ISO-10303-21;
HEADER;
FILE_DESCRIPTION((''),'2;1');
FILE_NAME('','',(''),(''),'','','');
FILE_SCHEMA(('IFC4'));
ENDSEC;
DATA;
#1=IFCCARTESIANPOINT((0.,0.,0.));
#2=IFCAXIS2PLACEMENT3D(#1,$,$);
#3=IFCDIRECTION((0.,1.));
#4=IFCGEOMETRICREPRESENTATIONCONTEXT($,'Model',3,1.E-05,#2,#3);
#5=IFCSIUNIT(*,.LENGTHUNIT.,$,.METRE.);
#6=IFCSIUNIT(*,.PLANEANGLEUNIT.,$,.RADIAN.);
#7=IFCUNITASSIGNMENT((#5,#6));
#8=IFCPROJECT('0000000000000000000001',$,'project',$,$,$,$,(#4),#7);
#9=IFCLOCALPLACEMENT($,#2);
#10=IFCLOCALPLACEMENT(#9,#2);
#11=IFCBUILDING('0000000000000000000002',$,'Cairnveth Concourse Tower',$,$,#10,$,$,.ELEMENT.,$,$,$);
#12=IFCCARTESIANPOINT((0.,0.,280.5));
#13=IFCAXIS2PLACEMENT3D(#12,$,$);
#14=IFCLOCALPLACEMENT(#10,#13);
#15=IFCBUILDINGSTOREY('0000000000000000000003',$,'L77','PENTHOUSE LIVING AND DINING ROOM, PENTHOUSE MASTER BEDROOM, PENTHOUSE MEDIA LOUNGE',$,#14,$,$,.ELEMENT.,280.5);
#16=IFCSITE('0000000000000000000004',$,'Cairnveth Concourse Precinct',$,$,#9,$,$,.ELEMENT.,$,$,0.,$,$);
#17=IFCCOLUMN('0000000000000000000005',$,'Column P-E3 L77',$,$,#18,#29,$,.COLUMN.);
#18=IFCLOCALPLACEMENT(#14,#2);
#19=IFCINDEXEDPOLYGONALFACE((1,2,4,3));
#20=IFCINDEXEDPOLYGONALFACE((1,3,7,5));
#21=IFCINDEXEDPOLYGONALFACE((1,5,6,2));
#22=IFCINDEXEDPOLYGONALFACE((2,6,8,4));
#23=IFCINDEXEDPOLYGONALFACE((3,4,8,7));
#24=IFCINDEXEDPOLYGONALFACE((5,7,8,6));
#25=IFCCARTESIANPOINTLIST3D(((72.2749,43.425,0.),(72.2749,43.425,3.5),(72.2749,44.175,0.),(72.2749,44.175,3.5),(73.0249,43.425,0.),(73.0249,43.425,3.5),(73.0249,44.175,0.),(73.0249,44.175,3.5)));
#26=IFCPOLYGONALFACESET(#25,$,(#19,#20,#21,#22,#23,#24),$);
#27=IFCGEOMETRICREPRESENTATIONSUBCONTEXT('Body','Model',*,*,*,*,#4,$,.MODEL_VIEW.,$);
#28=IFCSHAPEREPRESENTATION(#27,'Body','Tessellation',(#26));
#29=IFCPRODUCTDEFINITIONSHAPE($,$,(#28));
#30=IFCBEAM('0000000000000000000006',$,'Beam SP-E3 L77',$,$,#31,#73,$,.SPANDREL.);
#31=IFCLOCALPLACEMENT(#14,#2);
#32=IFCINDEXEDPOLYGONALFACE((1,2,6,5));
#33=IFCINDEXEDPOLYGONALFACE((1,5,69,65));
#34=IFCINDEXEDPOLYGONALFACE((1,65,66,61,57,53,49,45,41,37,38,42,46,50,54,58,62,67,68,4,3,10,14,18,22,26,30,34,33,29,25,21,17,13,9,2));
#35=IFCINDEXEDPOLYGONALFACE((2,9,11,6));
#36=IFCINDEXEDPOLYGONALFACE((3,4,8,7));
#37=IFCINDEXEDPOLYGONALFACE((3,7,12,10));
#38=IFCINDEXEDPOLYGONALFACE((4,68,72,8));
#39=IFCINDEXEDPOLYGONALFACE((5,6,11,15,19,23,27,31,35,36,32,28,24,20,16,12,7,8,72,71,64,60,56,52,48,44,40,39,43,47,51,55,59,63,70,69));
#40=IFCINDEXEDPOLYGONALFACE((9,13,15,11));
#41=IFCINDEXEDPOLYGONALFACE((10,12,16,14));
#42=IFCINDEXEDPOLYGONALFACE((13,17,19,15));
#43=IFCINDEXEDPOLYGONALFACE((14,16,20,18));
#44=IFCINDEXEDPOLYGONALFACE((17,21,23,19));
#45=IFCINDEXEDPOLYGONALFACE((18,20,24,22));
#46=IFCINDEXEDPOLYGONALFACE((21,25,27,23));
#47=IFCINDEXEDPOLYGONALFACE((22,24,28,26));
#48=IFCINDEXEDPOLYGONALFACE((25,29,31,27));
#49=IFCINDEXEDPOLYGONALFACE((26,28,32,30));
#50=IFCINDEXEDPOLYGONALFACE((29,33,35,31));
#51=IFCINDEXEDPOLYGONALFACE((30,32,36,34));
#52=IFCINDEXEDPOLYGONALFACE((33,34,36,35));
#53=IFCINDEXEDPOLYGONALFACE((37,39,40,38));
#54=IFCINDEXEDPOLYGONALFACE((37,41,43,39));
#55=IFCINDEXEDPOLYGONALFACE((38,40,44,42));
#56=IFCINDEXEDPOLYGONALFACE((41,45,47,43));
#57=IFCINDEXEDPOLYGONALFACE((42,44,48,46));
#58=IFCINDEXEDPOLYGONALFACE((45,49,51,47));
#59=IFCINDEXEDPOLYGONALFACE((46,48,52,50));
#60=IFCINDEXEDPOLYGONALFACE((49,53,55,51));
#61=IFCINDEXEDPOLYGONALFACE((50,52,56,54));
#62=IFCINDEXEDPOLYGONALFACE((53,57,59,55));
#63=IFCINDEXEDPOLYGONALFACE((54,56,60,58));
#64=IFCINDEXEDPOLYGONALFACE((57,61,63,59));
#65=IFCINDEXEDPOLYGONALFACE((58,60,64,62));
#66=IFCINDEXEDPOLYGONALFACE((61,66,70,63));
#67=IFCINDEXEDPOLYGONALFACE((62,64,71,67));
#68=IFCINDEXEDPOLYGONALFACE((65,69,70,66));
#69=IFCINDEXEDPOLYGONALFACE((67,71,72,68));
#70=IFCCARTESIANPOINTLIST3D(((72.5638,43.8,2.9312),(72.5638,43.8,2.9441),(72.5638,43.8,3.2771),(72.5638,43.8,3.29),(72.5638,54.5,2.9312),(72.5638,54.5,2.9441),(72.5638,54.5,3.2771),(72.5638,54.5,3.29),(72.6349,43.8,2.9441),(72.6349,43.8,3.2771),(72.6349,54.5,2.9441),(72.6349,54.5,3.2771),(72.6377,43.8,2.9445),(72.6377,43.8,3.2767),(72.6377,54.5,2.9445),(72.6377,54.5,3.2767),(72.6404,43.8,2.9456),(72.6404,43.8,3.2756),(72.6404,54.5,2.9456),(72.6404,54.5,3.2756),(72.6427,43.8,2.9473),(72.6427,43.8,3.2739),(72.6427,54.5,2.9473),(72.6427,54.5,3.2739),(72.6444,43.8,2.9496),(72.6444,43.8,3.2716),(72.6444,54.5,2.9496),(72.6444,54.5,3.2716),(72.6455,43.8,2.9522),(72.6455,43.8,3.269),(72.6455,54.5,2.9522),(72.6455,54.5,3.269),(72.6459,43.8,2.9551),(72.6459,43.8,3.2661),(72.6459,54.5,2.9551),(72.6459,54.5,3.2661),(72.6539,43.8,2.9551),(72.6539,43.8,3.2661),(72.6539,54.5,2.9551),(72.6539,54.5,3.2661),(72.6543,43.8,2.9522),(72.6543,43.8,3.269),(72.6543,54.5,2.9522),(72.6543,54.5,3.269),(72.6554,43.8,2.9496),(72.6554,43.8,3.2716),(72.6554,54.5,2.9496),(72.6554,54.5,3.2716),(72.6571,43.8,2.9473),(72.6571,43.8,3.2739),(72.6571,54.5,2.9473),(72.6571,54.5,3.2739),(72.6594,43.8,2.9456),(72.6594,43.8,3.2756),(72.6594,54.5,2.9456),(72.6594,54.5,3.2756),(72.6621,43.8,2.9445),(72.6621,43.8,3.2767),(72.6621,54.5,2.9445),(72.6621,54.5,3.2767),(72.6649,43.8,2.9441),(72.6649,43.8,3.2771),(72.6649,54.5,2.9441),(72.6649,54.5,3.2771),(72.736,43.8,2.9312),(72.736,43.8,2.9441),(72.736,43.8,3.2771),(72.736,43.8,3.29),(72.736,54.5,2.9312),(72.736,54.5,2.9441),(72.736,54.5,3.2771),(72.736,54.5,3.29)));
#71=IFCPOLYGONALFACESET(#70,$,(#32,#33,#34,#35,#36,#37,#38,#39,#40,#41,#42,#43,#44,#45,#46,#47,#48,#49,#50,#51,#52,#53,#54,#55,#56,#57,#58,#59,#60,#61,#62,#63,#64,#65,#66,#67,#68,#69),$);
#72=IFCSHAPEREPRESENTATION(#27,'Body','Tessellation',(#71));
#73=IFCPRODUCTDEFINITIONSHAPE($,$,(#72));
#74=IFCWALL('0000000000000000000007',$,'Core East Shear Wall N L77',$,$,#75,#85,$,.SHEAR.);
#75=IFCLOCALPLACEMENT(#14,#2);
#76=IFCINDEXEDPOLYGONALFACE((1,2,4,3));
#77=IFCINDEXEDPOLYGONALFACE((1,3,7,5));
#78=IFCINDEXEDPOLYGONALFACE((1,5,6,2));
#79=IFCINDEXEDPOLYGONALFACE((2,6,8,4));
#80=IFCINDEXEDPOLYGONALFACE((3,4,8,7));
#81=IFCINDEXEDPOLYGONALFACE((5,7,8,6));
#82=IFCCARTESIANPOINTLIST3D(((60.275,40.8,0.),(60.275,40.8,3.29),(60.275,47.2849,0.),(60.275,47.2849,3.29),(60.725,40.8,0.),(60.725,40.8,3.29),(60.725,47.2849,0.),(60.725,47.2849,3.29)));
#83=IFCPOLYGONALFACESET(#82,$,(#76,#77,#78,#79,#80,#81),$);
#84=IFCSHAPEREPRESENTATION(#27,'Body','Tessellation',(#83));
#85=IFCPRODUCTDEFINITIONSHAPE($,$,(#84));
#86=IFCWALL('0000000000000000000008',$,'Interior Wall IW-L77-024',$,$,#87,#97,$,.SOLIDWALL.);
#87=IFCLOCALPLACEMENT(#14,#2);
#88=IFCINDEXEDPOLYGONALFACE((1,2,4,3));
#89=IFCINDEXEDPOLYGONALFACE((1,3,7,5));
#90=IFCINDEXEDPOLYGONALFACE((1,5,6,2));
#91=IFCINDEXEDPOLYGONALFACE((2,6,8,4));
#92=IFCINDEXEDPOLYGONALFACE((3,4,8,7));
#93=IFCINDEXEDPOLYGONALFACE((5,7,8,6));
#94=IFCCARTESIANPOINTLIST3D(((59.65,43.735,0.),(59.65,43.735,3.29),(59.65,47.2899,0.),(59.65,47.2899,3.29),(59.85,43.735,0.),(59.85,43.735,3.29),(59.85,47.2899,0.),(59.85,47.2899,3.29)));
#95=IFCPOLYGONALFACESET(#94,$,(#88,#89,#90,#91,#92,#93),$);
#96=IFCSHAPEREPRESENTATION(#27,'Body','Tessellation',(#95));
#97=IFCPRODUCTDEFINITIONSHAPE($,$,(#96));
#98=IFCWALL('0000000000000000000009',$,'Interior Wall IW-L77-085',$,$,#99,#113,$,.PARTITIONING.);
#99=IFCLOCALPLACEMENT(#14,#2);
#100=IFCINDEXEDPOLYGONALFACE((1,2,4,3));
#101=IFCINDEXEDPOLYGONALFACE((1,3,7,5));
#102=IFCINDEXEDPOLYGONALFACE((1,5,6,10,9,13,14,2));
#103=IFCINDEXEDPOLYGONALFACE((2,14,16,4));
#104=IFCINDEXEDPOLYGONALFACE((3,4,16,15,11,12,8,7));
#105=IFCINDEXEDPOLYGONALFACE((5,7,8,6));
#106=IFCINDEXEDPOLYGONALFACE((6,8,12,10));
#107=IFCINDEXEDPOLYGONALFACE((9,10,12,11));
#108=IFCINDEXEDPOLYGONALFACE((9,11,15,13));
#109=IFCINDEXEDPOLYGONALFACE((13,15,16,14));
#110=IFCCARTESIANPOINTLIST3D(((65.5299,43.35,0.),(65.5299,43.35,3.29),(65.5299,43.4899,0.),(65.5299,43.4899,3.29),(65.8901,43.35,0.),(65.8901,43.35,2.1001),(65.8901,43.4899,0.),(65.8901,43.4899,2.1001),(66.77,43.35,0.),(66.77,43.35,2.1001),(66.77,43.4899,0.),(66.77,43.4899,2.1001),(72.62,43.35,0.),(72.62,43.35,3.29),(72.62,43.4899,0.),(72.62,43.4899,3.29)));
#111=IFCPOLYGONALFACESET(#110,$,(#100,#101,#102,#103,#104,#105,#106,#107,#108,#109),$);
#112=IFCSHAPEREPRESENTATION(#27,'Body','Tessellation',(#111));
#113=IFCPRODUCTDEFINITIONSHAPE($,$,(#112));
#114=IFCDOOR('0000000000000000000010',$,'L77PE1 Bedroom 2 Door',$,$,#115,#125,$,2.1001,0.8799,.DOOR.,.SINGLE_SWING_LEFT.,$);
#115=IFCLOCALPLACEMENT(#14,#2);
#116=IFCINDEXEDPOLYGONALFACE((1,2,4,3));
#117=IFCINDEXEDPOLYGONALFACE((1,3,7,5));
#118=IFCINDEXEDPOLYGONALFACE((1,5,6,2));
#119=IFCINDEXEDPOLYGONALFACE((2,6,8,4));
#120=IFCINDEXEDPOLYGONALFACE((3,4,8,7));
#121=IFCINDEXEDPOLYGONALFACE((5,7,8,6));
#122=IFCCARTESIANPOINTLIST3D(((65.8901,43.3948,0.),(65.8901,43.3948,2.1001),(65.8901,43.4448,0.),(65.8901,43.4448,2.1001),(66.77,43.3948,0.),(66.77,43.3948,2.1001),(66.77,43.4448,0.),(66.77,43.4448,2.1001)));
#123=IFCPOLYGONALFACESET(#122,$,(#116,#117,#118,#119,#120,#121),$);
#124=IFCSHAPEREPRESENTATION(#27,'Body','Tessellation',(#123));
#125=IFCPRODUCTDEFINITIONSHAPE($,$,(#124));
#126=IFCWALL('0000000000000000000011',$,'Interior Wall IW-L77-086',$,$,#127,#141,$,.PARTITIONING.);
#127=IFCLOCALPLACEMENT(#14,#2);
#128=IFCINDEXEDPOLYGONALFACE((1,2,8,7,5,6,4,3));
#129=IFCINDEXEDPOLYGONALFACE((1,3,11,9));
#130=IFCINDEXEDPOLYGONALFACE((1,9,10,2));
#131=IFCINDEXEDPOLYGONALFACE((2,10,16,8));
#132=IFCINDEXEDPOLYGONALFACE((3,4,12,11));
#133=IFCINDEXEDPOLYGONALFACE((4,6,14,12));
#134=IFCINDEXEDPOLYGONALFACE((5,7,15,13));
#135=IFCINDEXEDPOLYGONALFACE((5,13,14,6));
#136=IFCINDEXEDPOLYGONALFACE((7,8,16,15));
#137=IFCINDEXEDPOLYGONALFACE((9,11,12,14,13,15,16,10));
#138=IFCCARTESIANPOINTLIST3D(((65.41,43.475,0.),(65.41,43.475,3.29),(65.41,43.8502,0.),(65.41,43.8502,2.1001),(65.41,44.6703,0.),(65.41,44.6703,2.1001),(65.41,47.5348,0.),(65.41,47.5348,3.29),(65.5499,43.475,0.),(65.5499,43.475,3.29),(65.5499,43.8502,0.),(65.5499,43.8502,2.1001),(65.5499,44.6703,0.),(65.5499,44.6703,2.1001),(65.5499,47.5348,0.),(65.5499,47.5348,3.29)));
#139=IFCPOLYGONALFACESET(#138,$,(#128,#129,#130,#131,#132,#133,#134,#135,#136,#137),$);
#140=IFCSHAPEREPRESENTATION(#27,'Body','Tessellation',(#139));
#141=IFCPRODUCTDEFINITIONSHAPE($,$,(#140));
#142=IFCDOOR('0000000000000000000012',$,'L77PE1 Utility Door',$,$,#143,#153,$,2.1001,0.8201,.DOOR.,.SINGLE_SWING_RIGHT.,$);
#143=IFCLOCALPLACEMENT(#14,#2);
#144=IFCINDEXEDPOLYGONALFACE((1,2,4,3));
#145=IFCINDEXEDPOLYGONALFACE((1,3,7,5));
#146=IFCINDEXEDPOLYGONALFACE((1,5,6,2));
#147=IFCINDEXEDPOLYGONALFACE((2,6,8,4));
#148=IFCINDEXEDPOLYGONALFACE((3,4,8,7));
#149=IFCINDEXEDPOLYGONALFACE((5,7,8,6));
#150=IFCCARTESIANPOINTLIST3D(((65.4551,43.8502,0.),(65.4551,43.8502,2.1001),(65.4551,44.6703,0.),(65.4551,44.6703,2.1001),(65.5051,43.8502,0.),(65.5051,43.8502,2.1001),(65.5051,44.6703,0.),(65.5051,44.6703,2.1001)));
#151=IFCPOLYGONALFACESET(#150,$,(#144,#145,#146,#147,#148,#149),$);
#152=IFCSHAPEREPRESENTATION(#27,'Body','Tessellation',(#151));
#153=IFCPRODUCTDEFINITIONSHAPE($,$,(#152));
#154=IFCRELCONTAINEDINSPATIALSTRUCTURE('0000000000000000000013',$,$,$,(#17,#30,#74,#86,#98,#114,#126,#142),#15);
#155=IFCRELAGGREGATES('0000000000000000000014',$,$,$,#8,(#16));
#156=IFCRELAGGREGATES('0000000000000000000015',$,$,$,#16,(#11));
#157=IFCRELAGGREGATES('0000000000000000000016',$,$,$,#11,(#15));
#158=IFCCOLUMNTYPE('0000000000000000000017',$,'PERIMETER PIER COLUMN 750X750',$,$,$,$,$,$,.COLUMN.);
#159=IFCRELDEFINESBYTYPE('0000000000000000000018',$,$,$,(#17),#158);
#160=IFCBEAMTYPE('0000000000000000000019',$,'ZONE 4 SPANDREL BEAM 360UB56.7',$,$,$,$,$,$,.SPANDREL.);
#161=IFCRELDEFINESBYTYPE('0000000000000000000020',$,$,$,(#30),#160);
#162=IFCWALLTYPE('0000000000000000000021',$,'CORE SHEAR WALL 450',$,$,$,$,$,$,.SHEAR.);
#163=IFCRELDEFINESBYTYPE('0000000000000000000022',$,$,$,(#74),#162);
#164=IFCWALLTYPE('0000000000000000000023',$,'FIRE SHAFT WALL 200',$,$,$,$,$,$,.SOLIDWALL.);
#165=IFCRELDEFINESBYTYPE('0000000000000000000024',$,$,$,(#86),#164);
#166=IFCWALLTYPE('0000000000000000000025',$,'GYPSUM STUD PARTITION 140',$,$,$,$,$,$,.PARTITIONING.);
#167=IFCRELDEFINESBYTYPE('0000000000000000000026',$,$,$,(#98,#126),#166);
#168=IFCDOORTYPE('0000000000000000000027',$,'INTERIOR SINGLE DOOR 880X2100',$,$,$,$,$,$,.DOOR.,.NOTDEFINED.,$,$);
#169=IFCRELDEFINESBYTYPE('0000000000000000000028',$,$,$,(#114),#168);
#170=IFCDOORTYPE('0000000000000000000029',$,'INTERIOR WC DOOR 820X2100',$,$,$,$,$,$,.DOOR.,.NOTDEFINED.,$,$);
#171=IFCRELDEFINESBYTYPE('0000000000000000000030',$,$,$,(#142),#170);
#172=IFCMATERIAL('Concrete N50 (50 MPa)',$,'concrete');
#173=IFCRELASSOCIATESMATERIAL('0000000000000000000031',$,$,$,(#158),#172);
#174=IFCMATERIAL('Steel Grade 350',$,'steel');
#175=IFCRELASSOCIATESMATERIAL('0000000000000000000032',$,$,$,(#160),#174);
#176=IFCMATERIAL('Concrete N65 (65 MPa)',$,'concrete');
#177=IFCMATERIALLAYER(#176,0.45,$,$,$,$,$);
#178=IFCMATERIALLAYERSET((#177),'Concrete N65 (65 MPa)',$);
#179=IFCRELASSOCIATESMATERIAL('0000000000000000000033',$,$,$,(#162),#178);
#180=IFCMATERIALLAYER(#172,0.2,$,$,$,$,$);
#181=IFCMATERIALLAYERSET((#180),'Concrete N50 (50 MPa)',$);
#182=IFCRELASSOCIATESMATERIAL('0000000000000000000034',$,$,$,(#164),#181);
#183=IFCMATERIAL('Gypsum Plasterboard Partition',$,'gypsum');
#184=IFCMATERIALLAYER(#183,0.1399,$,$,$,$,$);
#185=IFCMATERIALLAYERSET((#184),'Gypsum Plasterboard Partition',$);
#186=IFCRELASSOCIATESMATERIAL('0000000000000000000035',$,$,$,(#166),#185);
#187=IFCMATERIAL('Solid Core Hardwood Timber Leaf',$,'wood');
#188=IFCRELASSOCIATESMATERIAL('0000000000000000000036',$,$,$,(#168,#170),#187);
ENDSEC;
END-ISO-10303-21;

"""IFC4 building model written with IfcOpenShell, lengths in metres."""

from ifc_helpers import new_model, si_unit, direction, frame, frame_2d, origin, origin_2d, place, context, subcontext, project, spatial, rectangle, i_section, extrude, material, layer, layer_set, material_profile, profile_set, type_object, element, fill, save


model = new_model("IFC4")

# Units and contexts
model_context = context("Model", 3, precision=1e-05, world=origin(), true_north=direction((0.0, 1.0)))
body_context = subcontext(model_context, "Body", "Model", "MODEL_VIEW")
ifc_project = project(units=[si_unit("LENGTHUNIT", "METRE"), si_unit("PLANEANGLEUNIT", "RADIAN")], contexts=[model_context])

# Site, building, storey
site_placement = place(None, origin())
site = spatial("IfcSite", under=ifc_project, at=site_placement, Name="Cairnveth Concourse Precinct", CompositionType="ELEMENT", RefElevation=0.0)
building_placement = place(site_placement, origin())
building = spatial("IfcBuilding", under=site, at=building_placement, Name="Cairnveth Concourse Tower", CompositionType="ELEMENT")
storey_placement = place(building_placement, frame((0.0, 0.0, 280.5)))
storey = spatial("IfcBuildingStorey", under=building, at=storey_placement, Name="L77", Description="PENTHOUSE LIVING AND DINING ROOM, PENTHOUSE MASTER BEDROOM, PENTHOUSE MEDIA LOUNGE", CompositionType="ELEMENT", Elevation=280.5)

# Column
ifc_material_1 = material(Name="Concrete N50 (50 MPa)", Category="concrete")
ifc_material_profile_1 = material_profile(ifc_material_1, rectangle(XDim=0.75, YDim=0.75, at=origin_2d()), Name="RC-COL-750x750")
ifc_profile_set_1 = profile_set([ifc_material_profile_1], Name="Concrete N50 (50 MPa)")
column_type = type_object("IfcColumnType", Name="PERIMETER PIER COLUMN 750X750", PredefinedType="COLUMN", material=ifc_profile_set_1)
column_placement = place(storey_placement, frame((72.6499, 43.8, 0.0), z_axis=(0.0, 0.0, 1.0), x_axis=(0.0, 1.0, 0.0)))
element("IfcColumn", 1, at=column_placement, inside=storey, type_object=column_type, Name="Column P-E3 L77", PredefinedType="COLUMN", context=body_context, shape_type="SweptSolid", body=[
    extrude(rectangle(XDim=0.75, YDim=0.75, at=origin_2d()), origin(), (0.0, 0.0, 1.0), 3.5),
])

# Beam
ifc_material_2 = material(Name="Steel Grade 350", Category="steel")
ifc_material_profile_2 = material_profile(ifc_material_2, i_section(OverallWidth=0.1721, OverallDepth=0.3589, WebThickness=0.0081, FlangeThickness=0.0129, FilletRadius=0.011, at=origin_2d()), Name="360UB56.7")
ifc_profile_set_2 = profile_set([ifc_material_profile_2], Name="Steel Grade 350")
beam_type = type_object("IfcBeamType", Name="ZONE 4 SPANDREL BEAM 360UB56.7", PredefinedType="SPANDREL", material=ifc_profile_set_2)
beam_placement = place(storey_placement, frame((72.6499, 43.8, 3.1106), z_axis=(0.0, 1.0, 0.0), x_axis=(-1.0, 0.0, 0.0)))
element("IfcBeam", 2, at=beam_placement, inside=storey, type_object=beam_type, Name="Beam SP-E3 L77", PredefinedType="SPANDREL", context=body_context, shape_type="SweptSolid", body=[
    extrude(i_section(OverallWidth=0.1721, OverallDepth=0.3589, WebThickness=0.0081, FlangeThickness=0.0129, FilletRadius=0.011, at=origin_2d()), origin(), (0.0, 0.0, 1.0), 10.7),
])

# Wall
ifc_material_3 = material(Name="Concrete N65 (65 MPa)", Category="concrete")
ifc_layer_1 = layer(ifc_material_3, 0.45)
ifc_layer_set_1 = layer_set([ifc_layer_1], Name="Concrete N65 (65 MPa)")
wall_type_1 = type_object("IfcWallType", Name="CORE SHEAR WALL 450", PredefinedType="SHEAR", material=ifc_layer_set_1)
wall_1_placement = place(storey_placement, frame((60.5, 40.8, 0.0), z_axis=(0.0, 0.0, 1.0), x_axis=(0.0, 1.0, 0.0)))
element("IfcWall", 3, at=wall_1_placement, inside=storey, type_object=wall_type_1, Name="Core East Shear Wall N L77", PredefinedType="SHEAR", context=body_context, shape_type="SweptSolid", body=[
    extrude(rectangle(XDim=6.4849, YDim=0.45, at=frame_2d((3.2424, 0.0))), origin(), (0.0, 0.0, 1.0), 3.29),
])

# Shared definitions
ifc_layer_2 = layer(ifc_material_1, 0.2)
ifc_layer_set_2 = layer_set([ifc_layer_2], Name="Concrete N50 (50 MPa)")
wall_type_2 = type_object("IfcWallType", Name="FIRE SHAFT WALL 200", PredefinedType="SOLIDWALL", material=ifc_layer_set_2)

# Wall
wall_2_placement = place(storey_placement, frame((59.75, 43.7351, 0.0), z_axis=(0.0, 0.0, 1.0), x_axis=(0.0, 1.0, 0.0)))
element("IfcWall", 4, at=wall_2_placement, inside=storey, type_object=wall_type_2, Name="Interior Wall IW-L77-024", PredefinedType="SOLIDWALL", context=body_context, shape_type="SweptSolid", body=[
    extrude(rectangle(XDim=3.5549, YDim=0.2, at=frame_2d((1.7773, 0.0))), origin(), (0.0, 0.0, 1.0), 3.29),
])

# Walls, openings, doors
ifc_material_4 = material(Name="Gypsum Plasterboard Partition", Category="gypsum")
ifc_layer_3 = layer(ifc_material_4, 0.1399)
ifc_layer_set_3 = layer_set([ifc_layer_3], Name="Gypsum Plasterboard Partition")
wall_type_3 = type_object("IfcWallType", Name="GYPSUM STUD PARTITION 140", PredefinedType="PARTITIONING", material=ifc_layer_set_3)
wall_3_placement = place(storey_placement, frame((65.53, 43.4199, 0.0), z_axis=(0.0, 0.0, 1.0), x_axis=(1.0, 0.0, 0.0)))
wall_3 = element("IfcWall", 5, at=wall_3_placement, inside=storey, type_object=wall_type_3, Name="Interior Wall IW-L77-085", PredefinedType="PARTITIONING", context=body_context, shape_type="SweptSolid", body=[
    extrude(rectangle(XDim=7.0901, YDim=0.1399, at=frame_2d((3.5449, 0.0))), origin(), (0.0, 0.0, 1.0), 3.29),
])
opening_1_placement = place(wall_3_placement, frame((0.3601, 0.0, 0.0)))
opening_1 = element("IfcOpeningElement", 6, at=opening_1_placement, cuts=wall_3, PredefinedType="OPENING", context=body_context, shape_type="SweptSolid", body=[
    extrude(rectangle(XDim=0.8799, YDim=2.1001, at=frame_2d((0.4399, 1.05))), frame((0.0, 0.0798, 0.0), z_axis=(0.0, -1.0, 0.0), x_axis=(1.0, 0.0, 0.0)), (0.0, 0.0, 1.0), 0.1599),
])
ifc_material_5 = material(Name="Solid Core Hardwood Timber Leaf", Category="wood")
door_type_1 = type_object("IfcDoorType", Name="INTERIOR SINGLE DOOR 880X2100", OperationType="NOTDEFINED", PredefinedType="DOOR", material=ifc_material_5)
door_1_placement = place(opening_1_placement, origin())
door_1 = element("IfcDoor", 7, at=door_1_placement, inside=storey, type_object=door_type_1, Name="L77PE1 Bedroom 2 Door", OperationType="SINGLE_SWING_LEFT", OverallHeight=2.1001, OverallWidth=0.8799, PredefinedType="DOOR", context=body_context, shape_type="SweptSolid", body=[
    extrude(rectangle(XDim=0.8799, YDim=2.1001, at=frame_2d((0.4399, 1.05))), frame((0.0, 0.0249, 0.0), z_axis=(0.0, -1.0, 0.0), x_axis=(1.0, 0.0, 0.0)), (0.0, 0.0, 1.0), 0.05),
])
fill(opening_1, door_1)
wall_4_placement = place(storey_placement, frame((65.48, 43.4751, 0.0), z_axis=(0.0, 0.0, 1.0), x_axis=(0.0, 1.0, 0.0)))
wall_4 = element("IfcWall", 8, at=wall_4_placement, inside=storey, type_object=wall_type_3, Name="Interior Wall IW-L77-086", PredefinedType="PARTITIONING", context=body_context, shape_type="SweptSolid", body=[
    extrude(rectangle(XDim=4.0598, YDim=0.1399, at=frame_2d((2.0298, 0.0))), origin(), (0.0, 0.0, 1.0), 3.29),
])
opening_2_placement = place(wall_4_placement, frame((0.375, 0.0, 0.0)))
opening_2 = element("IfcOpeningElement", 9, at=opening_2_placement, cuts=wall_4, PredefinedType="OPENING", context=body_context, shape_type="SweptSolid", body=[
    extrude(rectangle(XDim=0.8201, YDim=2.1001, at=frame_2d((0.4102, 1.05))), frame((0.0, 0.0798, 0.0), z_axis=(0.0, -1.0, 0.0), x_axis=(1.0, 0.0, 0.0)), (0.0, 0.0, 1.0), 0.1599),
])
door_type_2 = type_object("IfcDoorType", Name="INTERIOR WC DOOR 820X2100", OperationType="NOTDEFINED", PredefinedType="DOOR", material=ifc_material_5)
door_2_placement = place(opening_2_placement, origin())
door_2 = element("IfcDoor", 10, at=door_2_placement, inside=storey, type_object=door_type_2, Name="L77PE1 Utility Door", OperationType="SINGLE_SWING_RIGHT", OverallHeight=2.1001, OverallWidth=0.8201, PredefinedType="DOOR", context=body_context, shape_type="SweptSolid", body=[
    extrude(rectangle(XDim=0.8201, YDim=2.1001, at=frame_2d((0.4102, 1.05))), frame((0.0, 0.0249, 0.0), z_axis=(0.0, -1.0, 0.0), x_axis=(1.0, 0.0, 0.0)), (0.0, 0.0, 1.0), 0.05),
])
fill(opening_2, door_2)

save(model, "model.ifc")
